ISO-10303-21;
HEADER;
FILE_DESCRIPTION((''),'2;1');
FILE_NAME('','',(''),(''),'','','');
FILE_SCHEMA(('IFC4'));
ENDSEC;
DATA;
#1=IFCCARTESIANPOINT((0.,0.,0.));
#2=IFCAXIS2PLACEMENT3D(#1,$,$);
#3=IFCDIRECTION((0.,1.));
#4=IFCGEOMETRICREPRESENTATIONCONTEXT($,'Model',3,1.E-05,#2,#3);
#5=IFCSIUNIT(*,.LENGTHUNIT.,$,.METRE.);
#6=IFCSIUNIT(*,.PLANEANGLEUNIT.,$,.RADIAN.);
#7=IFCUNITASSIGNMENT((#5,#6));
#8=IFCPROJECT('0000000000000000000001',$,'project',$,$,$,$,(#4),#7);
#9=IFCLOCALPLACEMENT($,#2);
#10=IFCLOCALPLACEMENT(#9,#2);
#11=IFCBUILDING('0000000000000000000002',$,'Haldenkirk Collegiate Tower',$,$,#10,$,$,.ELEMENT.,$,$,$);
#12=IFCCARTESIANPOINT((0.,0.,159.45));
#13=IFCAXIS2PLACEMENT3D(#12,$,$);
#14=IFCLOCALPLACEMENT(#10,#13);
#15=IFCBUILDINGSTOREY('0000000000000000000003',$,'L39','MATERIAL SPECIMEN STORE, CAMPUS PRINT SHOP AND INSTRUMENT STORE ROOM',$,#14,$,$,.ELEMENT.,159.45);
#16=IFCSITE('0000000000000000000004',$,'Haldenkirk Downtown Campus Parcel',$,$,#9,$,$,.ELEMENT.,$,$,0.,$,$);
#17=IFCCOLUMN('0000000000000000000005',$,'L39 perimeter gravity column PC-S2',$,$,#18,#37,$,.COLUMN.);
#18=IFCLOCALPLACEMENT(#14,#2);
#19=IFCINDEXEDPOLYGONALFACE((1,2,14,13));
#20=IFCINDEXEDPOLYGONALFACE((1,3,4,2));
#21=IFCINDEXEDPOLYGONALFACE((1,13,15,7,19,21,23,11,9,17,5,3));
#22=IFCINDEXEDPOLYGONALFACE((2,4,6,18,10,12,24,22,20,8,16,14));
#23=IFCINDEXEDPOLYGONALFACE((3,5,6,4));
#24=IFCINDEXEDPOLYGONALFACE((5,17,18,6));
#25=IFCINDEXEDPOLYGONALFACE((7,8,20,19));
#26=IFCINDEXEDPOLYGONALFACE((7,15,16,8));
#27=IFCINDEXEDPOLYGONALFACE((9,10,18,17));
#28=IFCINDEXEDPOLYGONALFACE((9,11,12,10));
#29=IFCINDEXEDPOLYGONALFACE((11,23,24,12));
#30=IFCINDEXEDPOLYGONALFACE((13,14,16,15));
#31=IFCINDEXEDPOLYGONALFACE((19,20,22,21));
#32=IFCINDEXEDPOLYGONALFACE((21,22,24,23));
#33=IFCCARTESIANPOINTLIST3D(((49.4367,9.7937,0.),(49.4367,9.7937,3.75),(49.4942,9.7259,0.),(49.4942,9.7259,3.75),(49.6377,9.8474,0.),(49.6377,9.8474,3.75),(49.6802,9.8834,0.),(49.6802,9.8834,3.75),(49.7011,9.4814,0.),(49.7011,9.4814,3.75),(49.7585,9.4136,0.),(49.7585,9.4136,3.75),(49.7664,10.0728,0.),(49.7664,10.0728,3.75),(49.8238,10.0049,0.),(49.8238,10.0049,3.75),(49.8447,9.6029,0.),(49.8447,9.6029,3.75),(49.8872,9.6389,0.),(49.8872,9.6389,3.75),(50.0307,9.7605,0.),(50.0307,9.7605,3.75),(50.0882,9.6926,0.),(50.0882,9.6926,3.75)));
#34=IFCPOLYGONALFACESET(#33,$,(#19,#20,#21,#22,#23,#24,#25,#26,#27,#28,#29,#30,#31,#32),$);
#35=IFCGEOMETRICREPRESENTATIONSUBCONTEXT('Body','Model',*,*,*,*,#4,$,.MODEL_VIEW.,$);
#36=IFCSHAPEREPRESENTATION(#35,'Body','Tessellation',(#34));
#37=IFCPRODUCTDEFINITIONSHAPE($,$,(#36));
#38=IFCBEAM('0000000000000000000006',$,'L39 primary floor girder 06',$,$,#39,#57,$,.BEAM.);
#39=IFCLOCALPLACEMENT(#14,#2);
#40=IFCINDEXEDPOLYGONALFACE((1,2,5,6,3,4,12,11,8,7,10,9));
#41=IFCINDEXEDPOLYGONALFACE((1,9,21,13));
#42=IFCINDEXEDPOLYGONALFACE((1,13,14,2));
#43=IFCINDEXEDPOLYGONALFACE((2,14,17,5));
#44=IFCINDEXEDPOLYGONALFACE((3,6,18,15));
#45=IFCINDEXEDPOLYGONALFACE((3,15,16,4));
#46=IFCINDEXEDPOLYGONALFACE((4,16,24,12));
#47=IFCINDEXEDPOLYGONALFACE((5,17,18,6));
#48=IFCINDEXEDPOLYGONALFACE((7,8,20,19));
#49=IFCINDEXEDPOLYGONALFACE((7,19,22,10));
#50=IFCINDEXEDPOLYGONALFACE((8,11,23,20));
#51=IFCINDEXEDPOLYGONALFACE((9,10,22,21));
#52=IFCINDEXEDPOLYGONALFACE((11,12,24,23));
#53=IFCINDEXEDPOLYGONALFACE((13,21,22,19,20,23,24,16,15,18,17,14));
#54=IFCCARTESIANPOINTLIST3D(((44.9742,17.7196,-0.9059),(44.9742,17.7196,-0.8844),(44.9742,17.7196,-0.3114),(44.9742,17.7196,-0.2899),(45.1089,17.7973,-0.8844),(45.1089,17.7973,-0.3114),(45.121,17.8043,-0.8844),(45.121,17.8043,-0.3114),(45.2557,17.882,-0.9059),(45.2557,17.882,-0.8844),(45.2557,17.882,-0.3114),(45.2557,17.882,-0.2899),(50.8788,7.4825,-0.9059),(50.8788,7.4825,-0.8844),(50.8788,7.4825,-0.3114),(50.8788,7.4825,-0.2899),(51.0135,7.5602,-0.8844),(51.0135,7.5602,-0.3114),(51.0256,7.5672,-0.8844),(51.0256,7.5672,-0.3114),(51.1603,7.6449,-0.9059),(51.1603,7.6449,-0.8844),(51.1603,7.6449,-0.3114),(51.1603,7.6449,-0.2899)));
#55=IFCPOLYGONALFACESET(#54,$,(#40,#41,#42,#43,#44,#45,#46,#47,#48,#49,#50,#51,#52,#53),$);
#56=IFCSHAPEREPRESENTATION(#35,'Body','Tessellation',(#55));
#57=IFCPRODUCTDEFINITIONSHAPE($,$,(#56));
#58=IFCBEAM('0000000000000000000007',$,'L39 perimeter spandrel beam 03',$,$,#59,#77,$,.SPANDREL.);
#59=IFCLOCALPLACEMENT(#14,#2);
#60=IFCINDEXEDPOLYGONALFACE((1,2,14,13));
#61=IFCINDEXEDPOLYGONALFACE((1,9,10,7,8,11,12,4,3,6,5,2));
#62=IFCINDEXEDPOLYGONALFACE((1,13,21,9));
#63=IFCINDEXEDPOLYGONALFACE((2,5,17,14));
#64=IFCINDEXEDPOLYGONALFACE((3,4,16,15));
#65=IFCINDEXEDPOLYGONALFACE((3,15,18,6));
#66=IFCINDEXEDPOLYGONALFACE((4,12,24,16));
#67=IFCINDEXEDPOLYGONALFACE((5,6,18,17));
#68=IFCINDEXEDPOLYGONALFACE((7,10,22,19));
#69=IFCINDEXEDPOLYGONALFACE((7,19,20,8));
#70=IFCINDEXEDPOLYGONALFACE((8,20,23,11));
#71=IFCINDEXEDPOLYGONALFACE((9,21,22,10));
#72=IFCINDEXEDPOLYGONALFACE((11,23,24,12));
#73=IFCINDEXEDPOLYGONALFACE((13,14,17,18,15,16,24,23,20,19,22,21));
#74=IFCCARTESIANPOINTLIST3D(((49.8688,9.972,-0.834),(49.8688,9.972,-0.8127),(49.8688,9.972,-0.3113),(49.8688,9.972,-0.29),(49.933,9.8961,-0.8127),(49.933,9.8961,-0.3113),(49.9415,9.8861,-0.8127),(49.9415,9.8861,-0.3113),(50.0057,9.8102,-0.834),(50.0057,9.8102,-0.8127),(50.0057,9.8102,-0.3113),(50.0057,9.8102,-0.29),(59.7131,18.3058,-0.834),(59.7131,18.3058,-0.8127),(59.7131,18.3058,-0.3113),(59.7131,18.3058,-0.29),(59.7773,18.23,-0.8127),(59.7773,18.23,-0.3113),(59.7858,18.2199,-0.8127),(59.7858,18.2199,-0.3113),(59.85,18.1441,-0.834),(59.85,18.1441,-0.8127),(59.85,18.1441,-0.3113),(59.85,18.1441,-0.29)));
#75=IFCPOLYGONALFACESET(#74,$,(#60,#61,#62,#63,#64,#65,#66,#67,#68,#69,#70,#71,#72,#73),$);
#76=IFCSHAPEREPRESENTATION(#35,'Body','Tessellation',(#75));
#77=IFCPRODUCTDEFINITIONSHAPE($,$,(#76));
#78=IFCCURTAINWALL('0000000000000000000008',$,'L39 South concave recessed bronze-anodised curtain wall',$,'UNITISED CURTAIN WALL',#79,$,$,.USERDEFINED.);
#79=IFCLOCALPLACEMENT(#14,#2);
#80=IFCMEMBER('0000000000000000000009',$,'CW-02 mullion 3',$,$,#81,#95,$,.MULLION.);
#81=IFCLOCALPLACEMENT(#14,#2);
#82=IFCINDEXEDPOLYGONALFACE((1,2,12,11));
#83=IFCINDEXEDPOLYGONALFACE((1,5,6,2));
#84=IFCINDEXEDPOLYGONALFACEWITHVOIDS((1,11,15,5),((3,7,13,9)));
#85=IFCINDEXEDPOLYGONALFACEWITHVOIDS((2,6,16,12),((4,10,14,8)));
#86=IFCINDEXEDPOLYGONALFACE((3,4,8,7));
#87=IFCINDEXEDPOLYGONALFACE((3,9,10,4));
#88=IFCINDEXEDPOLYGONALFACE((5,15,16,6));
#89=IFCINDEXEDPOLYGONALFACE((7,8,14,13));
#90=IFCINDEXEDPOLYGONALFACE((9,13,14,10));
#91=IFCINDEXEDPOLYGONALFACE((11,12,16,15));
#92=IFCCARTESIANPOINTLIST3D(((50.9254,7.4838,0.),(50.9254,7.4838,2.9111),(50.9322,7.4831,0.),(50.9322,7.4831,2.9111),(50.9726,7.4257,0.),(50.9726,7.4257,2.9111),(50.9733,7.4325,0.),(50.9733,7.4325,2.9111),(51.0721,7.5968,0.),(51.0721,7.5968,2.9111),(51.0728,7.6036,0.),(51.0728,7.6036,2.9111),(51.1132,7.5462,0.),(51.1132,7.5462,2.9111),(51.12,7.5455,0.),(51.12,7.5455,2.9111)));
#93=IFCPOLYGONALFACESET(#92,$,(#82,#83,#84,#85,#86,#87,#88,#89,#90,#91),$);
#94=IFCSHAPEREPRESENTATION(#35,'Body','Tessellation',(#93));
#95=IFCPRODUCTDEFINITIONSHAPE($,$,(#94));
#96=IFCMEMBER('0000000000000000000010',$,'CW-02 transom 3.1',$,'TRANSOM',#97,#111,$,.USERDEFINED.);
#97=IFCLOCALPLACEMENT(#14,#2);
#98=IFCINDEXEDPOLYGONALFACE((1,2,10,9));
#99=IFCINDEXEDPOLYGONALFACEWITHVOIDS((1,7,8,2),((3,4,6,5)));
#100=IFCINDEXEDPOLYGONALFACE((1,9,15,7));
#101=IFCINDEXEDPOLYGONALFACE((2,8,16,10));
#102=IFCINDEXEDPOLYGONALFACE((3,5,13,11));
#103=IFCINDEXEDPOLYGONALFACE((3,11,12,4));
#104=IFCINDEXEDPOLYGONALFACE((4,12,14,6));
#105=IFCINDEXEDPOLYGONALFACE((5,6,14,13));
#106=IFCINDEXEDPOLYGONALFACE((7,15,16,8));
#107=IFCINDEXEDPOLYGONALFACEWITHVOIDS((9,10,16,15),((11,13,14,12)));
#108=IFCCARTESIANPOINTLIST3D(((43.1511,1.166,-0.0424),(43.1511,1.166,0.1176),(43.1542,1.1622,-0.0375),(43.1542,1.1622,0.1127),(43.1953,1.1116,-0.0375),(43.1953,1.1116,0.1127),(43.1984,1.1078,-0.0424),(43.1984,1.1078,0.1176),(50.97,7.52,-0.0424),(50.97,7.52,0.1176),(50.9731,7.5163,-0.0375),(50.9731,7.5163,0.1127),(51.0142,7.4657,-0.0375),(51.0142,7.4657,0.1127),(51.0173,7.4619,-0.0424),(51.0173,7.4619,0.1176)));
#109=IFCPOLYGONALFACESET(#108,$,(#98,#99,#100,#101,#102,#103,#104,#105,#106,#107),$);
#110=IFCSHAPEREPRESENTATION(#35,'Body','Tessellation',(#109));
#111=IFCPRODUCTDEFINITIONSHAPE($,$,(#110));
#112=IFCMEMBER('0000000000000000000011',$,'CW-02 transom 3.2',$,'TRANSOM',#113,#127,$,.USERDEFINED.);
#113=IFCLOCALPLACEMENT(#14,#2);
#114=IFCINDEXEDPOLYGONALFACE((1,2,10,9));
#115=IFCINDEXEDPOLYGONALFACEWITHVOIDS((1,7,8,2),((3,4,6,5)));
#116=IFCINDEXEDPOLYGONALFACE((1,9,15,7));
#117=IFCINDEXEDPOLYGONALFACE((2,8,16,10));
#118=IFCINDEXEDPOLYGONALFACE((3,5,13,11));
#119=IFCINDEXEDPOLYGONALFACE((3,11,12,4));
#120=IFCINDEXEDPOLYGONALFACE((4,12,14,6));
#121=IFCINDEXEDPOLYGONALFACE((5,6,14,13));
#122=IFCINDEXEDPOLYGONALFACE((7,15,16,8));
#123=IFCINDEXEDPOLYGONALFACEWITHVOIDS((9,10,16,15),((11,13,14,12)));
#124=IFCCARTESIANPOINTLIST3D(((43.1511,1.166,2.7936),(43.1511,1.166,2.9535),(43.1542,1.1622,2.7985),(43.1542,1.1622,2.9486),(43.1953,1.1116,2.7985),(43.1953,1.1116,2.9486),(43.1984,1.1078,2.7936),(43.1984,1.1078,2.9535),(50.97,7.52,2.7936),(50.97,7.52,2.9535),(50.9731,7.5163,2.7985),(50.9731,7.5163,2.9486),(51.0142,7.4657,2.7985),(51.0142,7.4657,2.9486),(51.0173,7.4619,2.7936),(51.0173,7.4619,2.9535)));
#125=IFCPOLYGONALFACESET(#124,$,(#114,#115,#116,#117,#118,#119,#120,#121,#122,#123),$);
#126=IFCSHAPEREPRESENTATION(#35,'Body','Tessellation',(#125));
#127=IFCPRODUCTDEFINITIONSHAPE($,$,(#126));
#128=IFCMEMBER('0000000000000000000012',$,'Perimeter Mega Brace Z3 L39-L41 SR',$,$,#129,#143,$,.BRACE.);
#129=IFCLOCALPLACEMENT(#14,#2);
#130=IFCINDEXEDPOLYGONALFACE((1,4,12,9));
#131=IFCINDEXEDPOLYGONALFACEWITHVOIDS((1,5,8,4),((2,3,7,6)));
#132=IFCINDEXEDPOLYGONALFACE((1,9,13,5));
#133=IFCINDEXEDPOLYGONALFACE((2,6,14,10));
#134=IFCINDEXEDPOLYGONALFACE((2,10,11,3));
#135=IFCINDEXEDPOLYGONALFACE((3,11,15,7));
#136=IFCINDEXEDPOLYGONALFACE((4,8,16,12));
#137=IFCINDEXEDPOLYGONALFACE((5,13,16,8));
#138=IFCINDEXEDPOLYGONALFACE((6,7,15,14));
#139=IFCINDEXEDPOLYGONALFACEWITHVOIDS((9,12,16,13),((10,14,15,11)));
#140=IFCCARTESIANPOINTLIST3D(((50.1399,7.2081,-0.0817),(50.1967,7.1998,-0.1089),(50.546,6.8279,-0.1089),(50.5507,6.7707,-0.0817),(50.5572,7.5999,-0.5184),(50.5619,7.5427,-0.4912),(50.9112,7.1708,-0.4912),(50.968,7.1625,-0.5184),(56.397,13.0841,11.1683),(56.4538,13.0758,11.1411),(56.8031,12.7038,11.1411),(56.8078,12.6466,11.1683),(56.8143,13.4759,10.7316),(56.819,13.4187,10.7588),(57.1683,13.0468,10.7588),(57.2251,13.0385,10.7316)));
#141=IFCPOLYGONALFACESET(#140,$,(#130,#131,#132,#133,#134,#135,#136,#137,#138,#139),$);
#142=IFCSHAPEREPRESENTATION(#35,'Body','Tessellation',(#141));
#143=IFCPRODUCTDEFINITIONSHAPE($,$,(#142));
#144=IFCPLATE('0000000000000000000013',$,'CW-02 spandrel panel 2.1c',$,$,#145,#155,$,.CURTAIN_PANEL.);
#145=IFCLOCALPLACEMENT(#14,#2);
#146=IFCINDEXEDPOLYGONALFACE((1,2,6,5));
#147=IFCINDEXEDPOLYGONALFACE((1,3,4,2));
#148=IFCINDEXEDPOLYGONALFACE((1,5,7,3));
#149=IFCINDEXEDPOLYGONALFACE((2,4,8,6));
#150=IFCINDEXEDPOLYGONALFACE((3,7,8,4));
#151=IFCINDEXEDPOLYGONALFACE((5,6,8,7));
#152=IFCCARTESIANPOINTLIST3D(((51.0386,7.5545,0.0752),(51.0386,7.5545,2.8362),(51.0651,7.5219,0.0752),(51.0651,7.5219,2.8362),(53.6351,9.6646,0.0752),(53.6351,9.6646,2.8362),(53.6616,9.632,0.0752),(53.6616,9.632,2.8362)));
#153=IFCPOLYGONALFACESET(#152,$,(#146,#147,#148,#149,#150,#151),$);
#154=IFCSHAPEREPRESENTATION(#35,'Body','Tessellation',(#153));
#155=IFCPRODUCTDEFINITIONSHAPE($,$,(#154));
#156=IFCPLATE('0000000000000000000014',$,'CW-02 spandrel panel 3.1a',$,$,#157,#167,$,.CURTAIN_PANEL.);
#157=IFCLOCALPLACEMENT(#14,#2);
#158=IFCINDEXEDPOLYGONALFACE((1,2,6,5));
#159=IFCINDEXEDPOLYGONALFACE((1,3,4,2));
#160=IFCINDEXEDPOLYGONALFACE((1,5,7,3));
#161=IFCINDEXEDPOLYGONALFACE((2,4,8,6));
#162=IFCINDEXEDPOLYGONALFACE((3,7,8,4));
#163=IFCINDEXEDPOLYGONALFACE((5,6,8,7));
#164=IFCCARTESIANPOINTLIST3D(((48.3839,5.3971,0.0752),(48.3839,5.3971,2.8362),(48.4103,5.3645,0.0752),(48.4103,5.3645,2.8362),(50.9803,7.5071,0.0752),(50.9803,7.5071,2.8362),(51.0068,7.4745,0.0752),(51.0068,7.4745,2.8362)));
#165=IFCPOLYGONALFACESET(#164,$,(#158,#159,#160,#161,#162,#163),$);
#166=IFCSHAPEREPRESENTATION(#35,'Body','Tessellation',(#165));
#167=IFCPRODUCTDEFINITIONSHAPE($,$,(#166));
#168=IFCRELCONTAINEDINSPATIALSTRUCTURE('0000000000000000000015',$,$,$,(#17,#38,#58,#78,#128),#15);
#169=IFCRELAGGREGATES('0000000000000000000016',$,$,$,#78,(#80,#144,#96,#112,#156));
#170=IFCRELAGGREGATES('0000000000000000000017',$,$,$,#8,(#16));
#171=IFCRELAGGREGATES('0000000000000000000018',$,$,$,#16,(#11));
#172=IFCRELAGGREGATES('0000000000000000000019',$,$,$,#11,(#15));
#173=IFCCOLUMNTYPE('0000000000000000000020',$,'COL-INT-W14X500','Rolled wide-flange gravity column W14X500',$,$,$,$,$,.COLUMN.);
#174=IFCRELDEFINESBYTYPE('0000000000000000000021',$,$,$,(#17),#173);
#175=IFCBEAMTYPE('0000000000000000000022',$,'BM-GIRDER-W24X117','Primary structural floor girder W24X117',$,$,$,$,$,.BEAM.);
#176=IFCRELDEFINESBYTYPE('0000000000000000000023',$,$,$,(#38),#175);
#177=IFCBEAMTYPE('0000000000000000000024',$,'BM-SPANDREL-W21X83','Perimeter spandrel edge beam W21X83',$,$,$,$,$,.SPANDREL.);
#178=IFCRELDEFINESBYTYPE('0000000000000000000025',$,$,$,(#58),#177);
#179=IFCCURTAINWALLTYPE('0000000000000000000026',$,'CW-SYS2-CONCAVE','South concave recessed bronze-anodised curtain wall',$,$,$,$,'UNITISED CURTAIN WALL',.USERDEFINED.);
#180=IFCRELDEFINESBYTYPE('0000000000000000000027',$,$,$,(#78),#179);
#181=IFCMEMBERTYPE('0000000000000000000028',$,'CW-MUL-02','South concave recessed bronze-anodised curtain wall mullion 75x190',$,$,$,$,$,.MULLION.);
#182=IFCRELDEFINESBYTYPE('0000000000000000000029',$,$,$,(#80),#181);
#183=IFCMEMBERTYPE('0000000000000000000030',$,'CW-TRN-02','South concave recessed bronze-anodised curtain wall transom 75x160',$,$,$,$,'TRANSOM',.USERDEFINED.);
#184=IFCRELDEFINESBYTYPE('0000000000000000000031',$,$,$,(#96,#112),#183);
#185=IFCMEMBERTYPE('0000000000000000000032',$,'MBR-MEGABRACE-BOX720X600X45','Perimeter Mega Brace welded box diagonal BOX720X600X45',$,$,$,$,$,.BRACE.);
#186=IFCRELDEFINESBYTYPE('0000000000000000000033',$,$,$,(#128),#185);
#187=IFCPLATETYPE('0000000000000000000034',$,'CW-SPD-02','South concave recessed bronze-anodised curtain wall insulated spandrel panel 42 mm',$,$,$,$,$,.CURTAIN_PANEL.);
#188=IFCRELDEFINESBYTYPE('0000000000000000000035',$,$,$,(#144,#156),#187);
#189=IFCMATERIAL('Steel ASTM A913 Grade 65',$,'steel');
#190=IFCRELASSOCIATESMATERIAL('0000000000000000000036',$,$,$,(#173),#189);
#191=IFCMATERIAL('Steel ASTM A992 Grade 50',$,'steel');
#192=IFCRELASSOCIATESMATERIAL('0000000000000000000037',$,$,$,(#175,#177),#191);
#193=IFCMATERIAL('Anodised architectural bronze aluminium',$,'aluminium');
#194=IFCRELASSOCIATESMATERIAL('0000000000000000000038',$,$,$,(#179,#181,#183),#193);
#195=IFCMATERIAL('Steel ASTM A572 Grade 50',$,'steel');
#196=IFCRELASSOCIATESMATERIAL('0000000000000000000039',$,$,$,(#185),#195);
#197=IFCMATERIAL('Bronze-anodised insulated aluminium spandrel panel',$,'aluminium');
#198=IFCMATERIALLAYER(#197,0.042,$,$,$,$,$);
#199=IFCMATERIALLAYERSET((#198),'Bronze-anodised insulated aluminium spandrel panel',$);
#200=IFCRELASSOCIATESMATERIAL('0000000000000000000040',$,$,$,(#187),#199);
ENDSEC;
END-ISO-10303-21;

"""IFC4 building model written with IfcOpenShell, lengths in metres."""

from ifc_helpers import new_model, si_unit, direction, frame, origin, origin_2d, place, context, subcontext, project, spatial, rectangle, hollow_rectangle, i_section, extrude, source, transform, mapped, material, layer, layer_set, material_profile, profile_set, type_object, element, aggregate, save


model = new_model("IFC4")

# Units and contexts
model_context = context("Model", 3, precision=1e-05, world=origin(), true_north=direction((0.0, 1.0)))
body_context = subcontext(model_context, "Body", "Model", "MODEL_VIEW")
ifc_project = project(units=[si_unit("LENGTHUNIT", "METRE"), si_unit("PLANEANGLEUNIT", "RADIAN")], contexts=[model_context])

# Site, building, storey
site_placement = place(None, origin())
site = spatial("IfcSite", under=ifc_project, at=site_placement, Name="Haldenkirk Downtown Campus Parcel", CompositionType="ELEMENT", RefElevation=0.0)
building_placement = place(site_placement, origin())
building = spatial("IfcBuilding", under=site, at=building_placement, Name="Haldenkirk Collegiate Tower", CompositionType="ELEMENT")
storey_placement = place(building_placement, frame((0.0, 0.0, 159.45)))
storey = spatial("IfcBuildingStorey", under=building, at=storey_placement, Name="L39", Description="MATERIAL SPECIMEN STORE, CAMPUS PRINT SHOP AND INSTRUMENT STORE ROOM", CompositionType="ELEMENT", Elevation=159.45)

# Column
ifc_material_1 = material(Name="Steel ASTM A913 Grade 65", Category="steel")
ifc_material_profile_1 = material_profile(ifc_material_1, i_section(OverallWidth=0.4319, OverallDepth=0.498, WebThickness=0.0557, FlangeThickness=0.0889, at=origin_2d()), Name="W14X500")
ifc_profile_set_1 = profile_set([ifc_material_profile_1], Name="Steel ASTM A913 Grade 65")
column_type = type_object("IfcColumnType", Name="COL-INT-W14X500", Description="Rolled wide-flange gravity column W14X500", PredefinedType="COLUMN", material=ifc_profile_set_1)
column_placement = place(storey_placement, frame((49.7625, 9.7432, 0.0), z_axis=(0.0, 0.0, 1.0), x_axis=(0.763232, 0.646124, 0.0)))
element("IfcColumn", 1, at=column_placement, inside=storey, type_object=column_type, Name="L39 perimeter gravity column PC-S2", PredefinedType="COLUMN", context=body_context, shape_type="SweptSolid", body=[
    extrude(i_section(OverallWidth=0.4319, OverallDepth=0.498, WebThickness=0.0557, FlangeThickness=0.0889, at=origin_2d()), origin(), (0.0, 0.0, 1.0), 3.75),
])

# Beams
ifc_material_2 = material(Name="Steel ASTM A992 Grade 50", Category="steel")
ifc_material_profile_2 = material_profile(ifc_material_2, i_section(OverallWidth=0.325, OverallDepth=0.616, WebThickness=0.0139, FlangeThickness=0.0215, at=origin_2d()), Name="W24X117")
ifc_profile_set_2 = profile_set([ifc_material_profile_2], Name="Steel ASTM A992 Grade 50")
beam_type_1 = type_object("IfcBeamType", Name="BM-GIRDER-W24X117", Description="Primary structural floor girder W24X117", PredefinedType="BEAM", material=ifc_profile_set_2)
beam_1_placement = place(storey_placement, frame((51.0195, 7.5637, -0.5979), z_axis=(-0.49963, 0.866239, 0.0), x_axis=(-0.866239, -0.49963, 0.0)))
element("IfcBeam", 2, at=beam_1_placement, inside=storey, type_object=beam_type_1, Name="L39 primary floor girder 06", PredefinedType="BEAM", context=body_context, shape_type="SweptSolid", body=[
    extrude(i_section(OverallWidth=0.325, OverallDepth=0.616, WebThickness=0.0139, FlangeThickness=0.0215, at=origin_2d()), origin(), (0.0, 0.0, 1.0), 11.8179),
])
ifc_material_profile_3 = material_profile(ifc_material_2, i_section(OverallWidth=0.2119, OverallDepth=0.5439, WebThickness=0.0132, FlangeThickness=0.0212, at=origin_2d()), Name="W21X83")
ifc_profile_set_3 = profile_set([ifc_material_profile_3], Name="Steel ASTM A992 Grade 50")
beam_type_2 = type_object("IfcBeamType", Name="BM-SPANDREL-W21X83", Description="Perimeter spandrel edge beam W21X83", PredefinedType="SPANDREL", material=ifc_profile_set_3)
beam_2_placement = place(storey_placement, frame((49.9373, 9.8911, -0.562), z_axis=(0.763233, 0.646123, 0.0), x_axis=(-0.646123, 0.763233, 0.0)))
element("IfcBeam", 3, at=beam_2_placement, inside=storey, type_object=beam_type_2, Name="L39 perimeter spandrel beam 03", PredefinedType="SPANDREL", context=body_context, shape_type="SweptSolid", body=[
    extrude(i_section(OverallWidth=0.2119, OverallDepth=0.5439, WebThickness=0.0132, FlangeThickness=0.0212, at=origin_2d()), origin(), (0.0, 0.0, 1.0), 12.8982),
])

# Curtain wall, members
ifc_material_3 = material(Name="Anodised architectural bronze aluminium", Category="aluminium")
curtain_wall_type = type_object("IfcCurtainWallType", Name="CW-SYS2-CONCAVE", Description="South concave recessed bronze-anodised curtain wall", ElementType="UNITISED CURTAIN WALL", PredefinedType="USERDEFINED", material=ifc_material_3)
curtain_wall_placement = place(storey_placement, origin())
curtain_wall = element("IfcCurtainWall", 4, at=curtain_wall_placement, inside=storey, type_object=curtain_wall_type, Name="L39 South concave recessed bronze-anodised curtain wall", ObjectType="UNITISED CURTAIN WALL", PredefinedType="USERDEFINED")
ifc_material_profile_4 = material_profile(ifc_material_3, hollow_rectangle(XDim=0.075, YDim=0.1899, WallThickness=0.0049, at=origin_2d()), Name="CW-MUL-02")
ifc_profile_set_4 = profile_set([ifc_material_profile_4], Name="Anodised architectural bronze aluminium")
member_type_1 = type_object("IfcMemberType", Name="CW-MUL-02", Description="South concave recessed bronze-anodised curtain wall mullion 75x190", PredefinedType="MULLION", material=ifc_profile_set_4)
member_1_placement = place(storey_placement, frame((51.0227, 7.5146, 0.0), z_axis=(0.0, 0.0, 1.0), x_axis=(0.630674, -0.776048, 0.0)))
member_1 = element("IfcMember", 5, at=member_1_placement, type_object=member_type_1, Name="CW-02 mullion 3", PredefinedType="MULLION", context=body_context, shape_type="SweptSolid", body=[
    extrude(hollow_rectangle(XDim=0.075, YDim=0.1899, WallThickness=0.0049, at=origin_2d()), origin(), (0.0, 0.0, 1.0), 2.9111),
])
ifc_material_profile_5 = material_profile(ifc_material_3, hollow_rectangle(XDim=0.075, YDim=0.1599, WallThickness=0.0049, at=origin_2d()), Name="CW-TRN-02")
ifc_profile_set_5 = profile_set([ifc_material_profile_5], Name="Anodised architectural bronze aluminium")
member_type_2 = type_object("IfcMemberType", Name="CW-TRN-02", Description="South concave recessed bronze-anodised curtain wall transom 75x160", ElementType="TRANSOM", PredefinedType="USERDEFINED", material=ifc_profile_set_5)
member_2_placement = place(storey_placement, frame((50.9937, 7.491, 0.0376), z_axis=(-0.776056, -0.630664, 0.0), x_axis=(0.630664, -0.776056, 0.0)))
member_2 = element("IfcMember", 6, at=member_2_placement, type_object=member_type_2, Name="CW-02 transom 3.1", ObjectType="TRANSOM", PredefinedType="USERDEFINED", context=body_context, shape_type="SweptSolid", body=[
    extrude(hollow_rectangle(XDim=0.075, YDim=0.1599, WallThickness=0.0049, at=origin_2d()), origin(), (0.0, 0.0, 1.0), 10.0752),
])
member_3_placement = place(storey_placement, frame((50.9937, 7.491, 2.8735), z_axis=(-0.776056, -0.630664, 0.0), x_axis=(0.630664, -0.776056, 0.0)))
member_3 = element("IfcMember", 7, at=member_3_placement, type_object=member_type_2, Name="CW-02 transom 3.2", ObjectType="TRANSOM", PredefinedType="USERDEFINED", context=body_context, shape_type="SweptSolid", body=[
    extrude(hollow_rectangle(XDim=0.075, YDim=0.1599, WallThickness=0.0049, at=origin_2d()), origin(), (0.0, 0.0, 1.0), 10.0752),
])

# Member
ifc_material_4 = material(Name="Steel ASTM A572 Grade 50", Category="steel")
ifc_material_profile_6 = material_profile(ifc_material_4, hollow_rectangle(XDim=0.6001, YDim=0.72, WallThickness=0.0449, at=origin_2d()), Name="BOX720X600X45")
ifc_profile_set_6 = profile_set([ifc_material_profile_6], Name="Steel ASTM A572 Grade 50")
member_type_3 = type_object("IfcMemberType", Name="MBR-MEGABRACE-BOX720X600X45", Description="Perimeter Mega Brace welded box diagonal BOX720X600X45", PredefinedType="BRACE", material=ifc_profile_set_6)
member_4_placement = place(storey_placement, frame((50.554, 7.1853, -0.3), z_axis=(0.442176, 0.415245, 0.795017), x_axis=(-0.684559, 0.728958, 0.0)))
element("IfcMember", 8, at=member_4_placement, inside=storey, type_object=member_type_3, Name="Perimeter Mega Brace Z3 L39-L41 SR", PredefinedType="BRACE", context=body_context, shape_type="SweptSolid", body=[
    extrude(hollow_rectangle(XDim=0.6001, YDim=0.72, WallThickness=0.0449, at=origin_2d()), origin(), (0.0, 0.0, 1.0), 14.1506),
])

# Plates
ifc_material_5 = material(Name="Bronze-anodised insulated aluminium spandrel panel", Category="aluminium")
ifc_layer_1 = layer(ifc_material_5, 0.042)
ifc_layer_set_1 = layer_set([ifc_layer_1], Name="Bronze-anodised insulated aluminium spandrel panel")
plate_type_1 = type_object("IfcPlateType", Name="CW-SPD-02", Description="South concave recessed bronze-anodised curtain wall insulated spandrel panel 42 mm", PredefinedType="CURTAIN_PANEL", material=ifc_layer_set_1)
shared_shape_1 = source(origin(), body_context, "Body", "SweptSolid", [
    extrude(rectangle(XDim=3.3457, YDim=0.042, at=origin_2d()), origin(), (0.0, 0.0, 1.0), 2.761),
])
plate_1_placement = place(storey_placement, frame((52.3501, 8.5933, 0.0752), z_axis=(0.0, 0.0, 1.0), x_axis=(-0.776048, -0.630674, 0.0)))
plate_1 = element("IfcPlate", 9, at=plate_1_placement, type_object=plate_type_1, Name="CW-02 spandrel panel 2.1c", PredefinedType="CURTAIN_PANEL", context=body_context, shape_type="MappedRepresentation", body=[
    mapped(shared_shape_1, transform((0.0, 0.0, 0.0), x_axis=(1.0, 0.0, 0.0), y_axis=(0.0, 1.0, 0.0), z_axis=(0.0, 0.0, 1.0), scale=1.0)),
])
plate_2_placement = place(storey_placement, frame((49.6953, 6.4358, 0.0752), z_axis=(0.0, 0.0, 1.0), x_axis=(-0.776048, -0.630674, 0.0)))
plate_2 = element("IfcPlate", 10, at=plate_2_placement, type_object=plate_type_1, Name="CW-02 spandrel panel 3.1a", PredefinedType="CURTAIN_PANEL", context=body_context, shape_type="MappedRepresentation", body=[
    mapped(shared_shape_1, transform((0.0, 0.0, 0.0), x_axis=(1.0, 0.0, 0.0), y_axis=(0.0, 1.0, 0.0), z_axis=(0.0, 0.0, 1.0), scale=1.0)),
])
aggregate(curtain_wall, [member_1, plate_1, member_2, member_3, plate_2])

save(model, "model.ifc")
